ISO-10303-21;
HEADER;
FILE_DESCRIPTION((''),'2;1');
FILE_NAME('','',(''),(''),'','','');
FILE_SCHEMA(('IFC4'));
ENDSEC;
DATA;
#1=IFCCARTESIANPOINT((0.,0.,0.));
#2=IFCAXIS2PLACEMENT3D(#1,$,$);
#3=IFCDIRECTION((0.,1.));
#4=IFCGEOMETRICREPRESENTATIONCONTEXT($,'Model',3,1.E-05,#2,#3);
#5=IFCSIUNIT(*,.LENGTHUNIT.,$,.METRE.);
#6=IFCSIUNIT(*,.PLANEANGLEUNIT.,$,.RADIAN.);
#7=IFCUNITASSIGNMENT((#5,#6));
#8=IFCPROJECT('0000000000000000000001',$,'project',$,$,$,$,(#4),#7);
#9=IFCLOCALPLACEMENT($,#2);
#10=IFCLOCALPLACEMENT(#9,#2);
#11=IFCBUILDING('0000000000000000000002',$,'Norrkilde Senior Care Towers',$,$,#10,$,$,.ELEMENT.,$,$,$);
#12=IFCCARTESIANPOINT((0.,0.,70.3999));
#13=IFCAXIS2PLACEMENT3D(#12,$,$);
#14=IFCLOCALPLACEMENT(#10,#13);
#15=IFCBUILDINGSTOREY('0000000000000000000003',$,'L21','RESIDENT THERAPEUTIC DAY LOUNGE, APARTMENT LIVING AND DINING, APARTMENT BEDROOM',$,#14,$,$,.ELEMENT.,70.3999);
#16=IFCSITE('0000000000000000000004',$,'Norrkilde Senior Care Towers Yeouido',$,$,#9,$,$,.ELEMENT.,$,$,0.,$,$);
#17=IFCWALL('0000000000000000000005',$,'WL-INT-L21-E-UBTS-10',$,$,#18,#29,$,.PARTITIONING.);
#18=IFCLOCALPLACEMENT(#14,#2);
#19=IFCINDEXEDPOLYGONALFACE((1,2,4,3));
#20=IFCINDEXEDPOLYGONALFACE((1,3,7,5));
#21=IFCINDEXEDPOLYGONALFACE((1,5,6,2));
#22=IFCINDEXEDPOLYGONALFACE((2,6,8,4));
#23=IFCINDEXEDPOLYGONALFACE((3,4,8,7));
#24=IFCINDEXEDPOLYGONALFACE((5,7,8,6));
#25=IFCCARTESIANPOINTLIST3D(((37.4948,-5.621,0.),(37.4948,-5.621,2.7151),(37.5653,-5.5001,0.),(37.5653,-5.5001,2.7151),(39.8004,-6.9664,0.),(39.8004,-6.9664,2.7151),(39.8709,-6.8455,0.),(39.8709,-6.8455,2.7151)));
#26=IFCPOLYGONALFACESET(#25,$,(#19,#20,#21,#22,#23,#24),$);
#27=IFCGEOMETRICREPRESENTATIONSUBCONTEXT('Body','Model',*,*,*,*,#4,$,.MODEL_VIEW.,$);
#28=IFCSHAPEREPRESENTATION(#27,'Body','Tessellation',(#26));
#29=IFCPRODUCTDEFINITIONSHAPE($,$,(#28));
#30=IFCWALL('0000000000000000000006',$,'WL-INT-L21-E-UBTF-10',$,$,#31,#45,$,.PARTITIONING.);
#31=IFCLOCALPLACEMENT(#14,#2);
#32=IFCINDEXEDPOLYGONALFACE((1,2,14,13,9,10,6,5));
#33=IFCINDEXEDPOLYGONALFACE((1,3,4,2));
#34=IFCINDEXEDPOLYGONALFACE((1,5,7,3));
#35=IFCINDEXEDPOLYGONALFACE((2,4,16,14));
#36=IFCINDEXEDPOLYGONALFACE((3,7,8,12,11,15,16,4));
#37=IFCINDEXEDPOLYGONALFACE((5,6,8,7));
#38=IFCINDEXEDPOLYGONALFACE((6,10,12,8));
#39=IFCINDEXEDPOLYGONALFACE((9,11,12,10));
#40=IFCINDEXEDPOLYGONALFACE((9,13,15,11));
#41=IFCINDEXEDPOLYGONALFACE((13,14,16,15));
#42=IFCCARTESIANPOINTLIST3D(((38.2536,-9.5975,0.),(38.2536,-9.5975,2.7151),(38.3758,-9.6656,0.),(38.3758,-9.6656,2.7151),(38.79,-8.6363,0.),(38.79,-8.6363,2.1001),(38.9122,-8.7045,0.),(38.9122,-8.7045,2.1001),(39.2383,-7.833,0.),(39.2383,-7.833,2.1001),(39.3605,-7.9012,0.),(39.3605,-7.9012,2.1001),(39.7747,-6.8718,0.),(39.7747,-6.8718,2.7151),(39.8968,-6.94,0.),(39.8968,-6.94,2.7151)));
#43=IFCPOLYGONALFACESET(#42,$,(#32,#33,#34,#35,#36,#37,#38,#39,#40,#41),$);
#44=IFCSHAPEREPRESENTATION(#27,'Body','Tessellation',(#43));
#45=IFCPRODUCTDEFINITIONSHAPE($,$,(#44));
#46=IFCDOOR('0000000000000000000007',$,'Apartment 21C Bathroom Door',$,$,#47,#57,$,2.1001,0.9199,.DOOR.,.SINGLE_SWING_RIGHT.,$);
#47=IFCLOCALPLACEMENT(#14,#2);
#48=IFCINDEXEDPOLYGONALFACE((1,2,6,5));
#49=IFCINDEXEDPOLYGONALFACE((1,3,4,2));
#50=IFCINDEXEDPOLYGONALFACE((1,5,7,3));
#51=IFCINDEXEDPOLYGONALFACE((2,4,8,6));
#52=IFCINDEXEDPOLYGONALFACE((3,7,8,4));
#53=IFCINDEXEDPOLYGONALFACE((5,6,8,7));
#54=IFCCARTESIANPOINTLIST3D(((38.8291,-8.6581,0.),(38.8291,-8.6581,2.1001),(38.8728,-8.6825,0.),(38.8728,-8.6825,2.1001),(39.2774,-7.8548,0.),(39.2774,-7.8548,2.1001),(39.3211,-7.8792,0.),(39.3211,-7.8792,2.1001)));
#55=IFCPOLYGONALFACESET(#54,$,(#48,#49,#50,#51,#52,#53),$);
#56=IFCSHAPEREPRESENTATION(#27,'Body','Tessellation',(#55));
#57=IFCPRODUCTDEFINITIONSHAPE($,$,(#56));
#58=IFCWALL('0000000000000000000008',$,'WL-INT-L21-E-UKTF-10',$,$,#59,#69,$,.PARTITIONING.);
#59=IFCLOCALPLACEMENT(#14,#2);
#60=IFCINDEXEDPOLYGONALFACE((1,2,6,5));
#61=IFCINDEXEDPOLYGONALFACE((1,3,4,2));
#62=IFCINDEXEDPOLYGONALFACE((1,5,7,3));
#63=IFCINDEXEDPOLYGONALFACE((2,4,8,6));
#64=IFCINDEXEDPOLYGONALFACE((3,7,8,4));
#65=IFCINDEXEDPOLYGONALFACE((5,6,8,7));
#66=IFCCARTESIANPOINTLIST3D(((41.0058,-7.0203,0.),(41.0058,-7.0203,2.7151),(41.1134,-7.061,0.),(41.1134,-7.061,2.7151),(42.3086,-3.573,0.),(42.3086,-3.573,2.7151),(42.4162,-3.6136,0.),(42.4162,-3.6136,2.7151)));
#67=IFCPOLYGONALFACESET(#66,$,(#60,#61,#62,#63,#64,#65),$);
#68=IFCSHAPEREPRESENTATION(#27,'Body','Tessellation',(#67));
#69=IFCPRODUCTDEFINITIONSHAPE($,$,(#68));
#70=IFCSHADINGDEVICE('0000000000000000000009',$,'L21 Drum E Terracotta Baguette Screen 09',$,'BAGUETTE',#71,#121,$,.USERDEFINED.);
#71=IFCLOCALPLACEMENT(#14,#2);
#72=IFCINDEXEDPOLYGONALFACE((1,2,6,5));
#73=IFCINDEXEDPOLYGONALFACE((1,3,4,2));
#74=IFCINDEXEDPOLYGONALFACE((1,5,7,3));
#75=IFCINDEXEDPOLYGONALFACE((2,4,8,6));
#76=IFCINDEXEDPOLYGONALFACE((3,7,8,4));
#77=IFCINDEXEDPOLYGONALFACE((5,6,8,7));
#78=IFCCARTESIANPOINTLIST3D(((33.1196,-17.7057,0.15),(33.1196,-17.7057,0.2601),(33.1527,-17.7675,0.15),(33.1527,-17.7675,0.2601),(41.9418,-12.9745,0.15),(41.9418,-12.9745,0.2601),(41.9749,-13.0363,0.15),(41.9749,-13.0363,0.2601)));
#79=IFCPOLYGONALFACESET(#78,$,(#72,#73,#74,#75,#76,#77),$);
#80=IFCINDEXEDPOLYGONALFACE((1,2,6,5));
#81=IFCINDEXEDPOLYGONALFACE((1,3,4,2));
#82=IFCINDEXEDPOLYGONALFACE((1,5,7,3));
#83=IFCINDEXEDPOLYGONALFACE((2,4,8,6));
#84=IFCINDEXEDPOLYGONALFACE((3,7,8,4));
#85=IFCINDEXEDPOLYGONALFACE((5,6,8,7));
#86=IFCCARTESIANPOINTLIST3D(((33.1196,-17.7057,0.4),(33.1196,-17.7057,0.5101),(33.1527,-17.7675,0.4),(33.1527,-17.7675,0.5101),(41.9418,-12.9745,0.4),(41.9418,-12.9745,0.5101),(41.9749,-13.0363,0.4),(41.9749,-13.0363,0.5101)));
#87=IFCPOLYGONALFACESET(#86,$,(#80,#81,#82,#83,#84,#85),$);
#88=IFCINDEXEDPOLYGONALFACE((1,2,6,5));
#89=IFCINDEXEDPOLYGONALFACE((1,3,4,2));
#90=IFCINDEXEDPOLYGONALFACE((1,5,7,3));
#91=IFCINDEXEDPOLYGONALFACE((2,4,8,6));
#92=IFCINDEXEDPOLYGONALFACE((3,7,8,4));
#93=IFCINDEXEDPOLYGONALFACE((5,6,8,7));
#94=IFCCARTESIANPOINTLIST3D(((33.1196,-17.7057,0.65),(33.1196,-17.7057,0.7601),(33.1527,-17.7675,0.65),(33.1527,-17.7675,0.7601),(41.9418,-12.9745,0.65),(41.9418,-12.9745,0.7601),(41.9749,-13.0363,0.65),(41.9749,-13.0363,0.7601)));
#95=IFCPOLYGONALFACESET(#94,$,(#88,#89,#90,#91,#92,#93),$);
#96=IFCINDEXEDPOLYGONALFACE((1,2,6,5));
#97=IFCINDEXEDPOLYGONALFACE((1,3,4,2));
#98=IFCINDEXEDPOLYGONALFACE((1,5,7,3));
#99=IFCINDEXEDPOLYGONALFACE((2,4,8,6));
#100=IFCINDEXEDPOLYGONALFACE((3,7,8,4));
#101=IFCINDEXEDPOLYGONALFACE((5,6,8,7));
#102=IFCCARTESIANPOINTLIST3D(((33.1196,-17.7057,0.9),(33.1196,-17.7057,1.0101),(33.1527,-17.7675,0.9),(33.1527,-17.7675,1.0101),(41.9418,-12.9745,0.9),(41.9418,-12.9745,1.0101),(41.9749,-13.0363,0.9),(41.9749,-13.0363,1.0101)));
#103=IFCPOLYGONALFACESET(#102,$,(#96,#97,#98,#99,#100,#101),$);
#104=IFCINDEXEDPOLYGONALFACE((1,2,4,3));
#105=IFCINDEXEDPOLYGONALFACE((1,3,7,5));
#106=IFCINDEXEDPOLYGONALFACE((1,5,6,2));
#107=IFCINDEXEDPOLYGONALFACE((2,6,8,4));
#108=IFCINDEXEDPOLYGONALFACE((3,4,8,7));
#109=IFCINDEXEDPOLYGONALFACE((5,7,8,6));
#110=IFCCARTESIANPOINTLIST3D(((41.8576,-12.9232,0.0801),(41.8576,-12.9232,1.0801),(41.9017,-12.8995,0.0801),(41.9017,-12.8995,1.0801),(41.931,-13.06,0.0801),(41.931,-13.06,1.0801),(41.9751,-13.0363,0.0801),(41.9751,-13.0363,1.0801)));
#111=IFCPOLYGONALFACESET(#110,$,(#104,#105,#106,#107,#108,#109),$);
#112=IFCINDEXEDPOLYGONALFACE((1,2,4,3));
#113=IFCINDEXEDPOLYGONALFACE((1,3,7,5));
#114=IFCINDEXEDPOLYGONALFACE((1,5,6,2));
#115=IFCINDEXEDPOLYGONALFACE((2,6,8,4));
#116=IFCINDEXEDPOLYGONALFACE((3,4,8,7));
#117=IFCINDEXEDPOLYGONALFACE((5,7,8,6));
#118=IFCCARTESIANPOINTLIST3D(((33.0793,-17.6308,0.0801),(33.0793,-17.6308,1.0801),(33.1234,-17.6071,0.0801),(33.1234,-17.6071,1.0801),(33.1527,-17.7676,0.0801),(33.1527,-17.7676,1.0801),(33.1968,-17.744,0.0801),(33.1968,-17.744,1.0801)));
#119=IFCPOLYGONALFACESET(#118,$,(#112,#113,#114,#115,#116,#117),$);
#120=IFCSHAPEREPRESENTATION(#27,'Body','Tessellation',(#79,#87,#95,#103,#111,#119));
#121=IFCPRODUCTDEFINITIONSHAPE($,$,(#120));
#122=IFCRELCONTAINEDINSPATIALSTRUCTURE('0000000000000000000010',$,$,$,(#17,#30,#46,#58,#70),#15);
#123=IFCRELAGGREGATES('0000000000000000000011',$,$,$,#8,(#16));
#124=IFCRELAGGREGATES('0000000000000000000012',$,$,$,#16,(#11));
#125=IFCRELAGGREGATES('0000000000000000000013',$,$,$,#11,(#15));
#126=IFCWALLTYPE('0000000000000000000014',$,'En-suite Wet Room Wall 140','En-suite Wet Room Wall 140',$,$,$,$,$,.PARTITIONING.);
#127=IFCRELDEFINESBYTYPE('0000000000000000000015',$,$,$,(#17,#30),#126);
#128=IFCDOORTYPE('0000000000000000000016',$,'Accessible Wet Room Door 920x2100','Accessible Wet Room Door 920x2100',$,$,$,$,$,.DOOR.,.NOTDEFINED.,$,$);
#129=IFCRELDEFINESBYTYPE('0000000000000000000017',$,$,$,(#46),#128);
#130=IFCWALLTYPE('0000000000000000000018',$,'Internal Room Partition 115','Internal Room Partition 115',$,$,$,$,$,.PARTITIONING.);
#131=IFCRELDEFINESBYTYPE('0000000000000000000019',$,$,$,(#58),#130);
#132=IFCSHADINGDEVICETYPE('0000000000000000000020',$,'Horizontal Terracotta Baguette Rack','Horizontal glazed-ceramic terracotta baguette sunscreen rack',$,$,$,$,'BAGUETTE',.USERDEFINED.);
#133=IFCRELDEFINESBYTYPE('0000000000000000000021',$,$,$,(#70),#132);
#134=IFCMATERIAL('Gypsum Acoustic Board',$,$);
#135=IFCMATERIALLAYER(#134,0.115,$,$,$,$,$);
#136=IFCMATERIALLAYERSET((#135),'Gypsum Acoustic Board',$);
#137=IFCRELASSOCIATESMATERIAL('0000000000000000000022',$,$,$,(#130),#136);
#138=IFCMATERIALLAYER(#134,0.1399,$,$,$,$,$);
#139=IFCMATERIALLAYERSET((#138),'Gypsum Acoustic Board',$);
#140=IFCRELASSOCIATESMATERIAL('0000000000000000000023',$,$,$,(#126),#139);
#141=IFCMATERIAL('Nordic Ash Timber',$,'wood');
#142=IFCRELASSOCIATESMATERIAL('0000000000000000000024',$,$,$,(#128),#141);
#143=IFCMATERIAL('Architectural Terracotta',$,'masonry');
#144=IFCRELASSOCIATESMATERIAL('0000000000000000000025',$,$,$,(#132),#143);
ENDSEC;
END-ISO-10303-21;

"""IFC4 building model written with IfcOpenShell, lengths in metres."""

from ifc_helpers import new_model, si_unit, direction, frame, frame_2d, origin, origin_2d, place, context, subcontext, project, spatial, rectangle, extrude, source, transform, mapped, material, layer, layer_set, type_object, type_shapes, element, fill, save


model = new_model("IFC4")

# Units and contexts
model_context = context("Model", 3, precision=1e-05, world=origin(), true_north=direction((0.0, 1.0)))
body_context = subcontext(model_context, "Body", "Model", "MODEL_VIEW")
ifc_project = project(units=[si_unit("LENGTHUNIT", "METRE"), si_unit("PLANEANGLEUNIT", "RADIAN")], contexts=[model_context])

# Site, building, storey
site_placement = place(None, origin())
site = spatial("IfcSite", under=ifc_project, at=site_placement, Name="Norrkilde Senior Care Towers Yeouido", CompositionType="ELEMENT", RefElevation=0.0)
building_placement = place(site_placement, origin())
building = spatial("IfcBuilding", under=site, at=building_placement, Name="Norrkilde Senior Care Towers", CompositionType="ELEMENT")
storey_placement = place(building_placement, frame((0.0, 0.0, 70.3999)))
storey = spatial("IfcBuildingStorey", under=building, at=storey_placement, Name="L21", Description="RESIDENT THERAPEUTIC DAY LOUNGE, APARTMENT LIVING AND DINING, APARTMENT BEDROOM", CompositionType="ELEMENT", Elevation=70.3999)

# Shared definitions
ifc_material_1 = material(Name="Gypsum Acoustic Board")
ifc_material_2 = material(Name="Nordic Ash Timber", Category="wood")

# Shared definitions
ifc_layer_1 = layer(ifc_material_1, 0.115)
ifc_layer_set_1 = layer_set([ifc_layer_1], Name="Gypsum Acoustic Board")
wall_type_1 = type_object("IfcWallType", Name="Internal Room Partition 115", Description="Internal Room Partition 115", PredefinedType="PARTITIONING", material=ifc_layer_set_1)

# Wall
ifc_layer_2 = layer(ifc_material_1, 0.1399)
ifc_layer_set_2 = layer_set([ifc_layer_2], Name="Gypsum Acoustic Board")
wall_type_2 = type_object("IfcWallType", Name="En-suite Wet Room Wall 140", Description="En-suite Wet Room Wall 140", PredefinedType="PARTITIONING", material=ifc_layer_set_2)
shared_shape_1 = source(origin(), body_context, "Body", "SweptSolid", [
    extrude(rectangle(XDim=2.6694, YDim=0.1399, at=frame_2d((1.3347, 0.0))), origin(), (0.0, 0.0, 1.0), 2.7151),
])
wall_1_placement = place(storey_placement, frame((37.53, -5.5605, 0.0), z_axis=(0.0, 0.0, 1.0), x_axis=(0.863699, -0.504007, 0.0)))
element("IfcWall", 1, at=wall_1_placement, inside=storey, type_object=wall_type_2, Name="WL-INT-L21-E-UBTS-10", PredefinedType="PARTITIONING", context=body_context, shape_type="MappedRepresentation", body=[
    mapped(shared_shape_1, transform((0.0, 0.0, 0.0), x_axis=(1.0, 0.0, 0.0), y_axis=(0.0, 1.0, 0.0), z_axis=(0.0, 0.0, 1.0), scale=1.0)),
])

# Wall, opening, door
shared_shape_2 = source(origin(), body_context, "Body", "SweptSolid", [
    extrude(rectangle(XDim=3.1213, YDim=0.1399, at=frame_2d((1.5605, 0.0))), origin(), (0.0, 0.0, 1.0), 2.7151),
])
type_shapes(wall_type_2, [shared_shape_1, shared_shape_2])
wall_2_placement = place(storey_placement, frame((39.8357, -6.906, 0.0), z_axis=(0.0, 0.0, 1.0), x_axis=(-0.487302, -0.873233, 0.0)))
wall_2 = element("IfcWall", 2, at=wall_2_placement, inside=storey, type_object=wall_type_2, Name="WL-INT-L21-E-UBTF-10", PredefinedType="PARTITIONING", context=body_context, shape_type="MappedRepresentation", body=[
    mapped(shared_shape_2, transform((0.0, 0.0, 0.0), x_axis=(1.0, 0.0, 0.0), y_axis=(0.0, 1.0, 0.0), z_axis=(0.0, 0.0, 1.0), scale=1.0)),
])
opening_1_placement = place(wall_2_placement, frame((1.1006, 0.0, 0.0)))
opening_1 = element("IfcOpeningElement", 3, at=opening_1_placement, cuts=wall_2, PredefinedType="OPENING", context=body_context, shape_type="SweptSolid", body=[
    extrude(rectangle(XDim=0.9199, YDim=2.1001, at=frame_2d((0.46, 1.05))), frame((0.0, 0.0798, 0.0), z_axis=(0.0, -1.0, 0.0), x_axis=(1.0, 0.0, 0.0)), (0.0, 0.0, 1.0), 0.1599),
])
door_type_1 = type_object("IfcDoorType", Name="Accessible Wet Room Door 920x2100", Description="Accessible Wet Room Door 920x2100", OperationType="NOTDEFINED", PredefinedType="DOOR", material=ifc_material_2)
shared_shape_3 = source(origin(), body_context, "Body", "SweptSolid", [
    extrude(rectangle(XDim=0.9199, YDim=2.1001, at=frame_2d((0.46, 1.05))), frame((0.0, 0.0249, 0.0), z_axis=(0.0, -1.0, 0.0), x_axis=(1.0, 0.0, 0.0)), (0.0, 0.0, 1.0), 0.05),
])
type_shapes(door_type_1, [shared_shape_3])
door_1_placement = place(opening_1_placement, origin())
door_1 = element("IfcDoor", 4, at=door_1_placement, inside=storey, type_object=door_type_1, Name="Apartment 21C Bathroom Door", OperationType="SINGLE_SWING_RIGHT", OverallHeight=2.1001, OverallWidth=0.9199, PredefinedType="DOOR", context=body_context, shape_type="MappedRepresentation", body=[
    mapped(shared_shape_3, transform((0.0, 0.0, 0.0), x_axis=(1.0, 0.0, 0.0), y_axis=(0.0, 1.0, 0.0), z_axis=(0.0, 0.0, 1.0), scale=1.0)),
])
fill(opening_1, door_1)

# Wall
shared_shape_4 = source(origin(), body_context, "Body", "SweptSolid", [
    extrude(rectangle(XDim=3.6853, YDim=0.115, at=frame_2d((1.8428, 0.0))), origin(), (0.0, 0.0, 1.0), 2.7151),
])
wall_3_placement = place(storey_placement, frame((41.0596, -7.0408, 0.0), z_axis=(0.0, 0.0, 1.0), x_axis=(0.353504, 0.935433, 0.0)))
element("IfcWall", 5, at=wall_3_placement, inside=storey, type_object=wall_type_1, Name="WL-INT-L21-E-UKTF-10", PredefinedType="PARTITIONING", context=body_context, shape_type="MappedRepresentation", body=[
    mapped(shared_shape_4, transform((0.0, 0.0, 0.0), x_axis=(1.0, 0.0, 0.0), y_axis=(0.0, 1.0, 0.0), z_axis=(0.0, 0.0, 1.0), scale=1.0)),
])

# Shading device
ifc_material_3 = material(Name="Architectural Terracotta", Category="masonry")
shading_device_type = type_object("IfcShadingDeviceType", Name="Horizontal Terracotta Baguette Rack", Description="Horizontal glazed-ceramic terracotta baguette sunscreen rack", ElementType="BAGUETTE", PredefinedType="USERDEFINED", material=ifc_material_3)
shared_shape_5 = source(origin(), body_context, "Body", "SweptSolid", [
    extrude(rectangle(XDim=0.0701, YDim=0.1101, at=origin_2d()), frame((0.0, 0.0901, 0.125), z_axis=(1.0, 0.0, 0.0), x_axis=(0.0, 1.0, 0.0)), (0.0, 0.0, 1.0), 10.0107),
    extrude(rectangle(XDim=0.0701, YDim=0.1101, at=origin_2d()), frame((0.0, 0.0901, 0.375), z_axis=(1.0, 0.0, 0.0), x_axis=(0.0, 1.0, 0.0)), (0.0, 0.0, 1.0), 10.0107),
    extrude(rectangle(XDim=0.0701, YDim=0.1101, at=origin_2d()), frame((0.0, 0.0901, 0.625), z_axis=(1.0, 0.0, 0.0), x_axis=(0.0, 1.0, 0.0)), (0.0, 0.0, 1.0), 10.0107),
    extrude(rectangle(XDim=0.0701, YDim=0.1101, at=origin_2d()), frame((0.0, 0.0901, 0.875), z_axis=(1.0, 0.0, 0.0), x_axis=(0.0, 1.0, 0.0)), (0.0, 0.0, 1.0), 10.0107),
    extrude(rectangle(XDim=0.05, YDim=0.1553, at=origin_2d()), frame((0.0249, 0.0476, 0.0)), (0.0, 0.0, 1.0), 1.0),
    extrude(rectangle(XDim=0.05, YDim=0.1553, at=origin_2d()), frame((9.9858, 0.0476, 0.0)), (0.0, 0.0, 1.0), 1.0),
])
type_shapes(shading_device_type, [shared_shape_5])
shading_device_placement = place(storey_placement, frame((41.9158, -12.926, 0.0801), z_axis=(0.0, 0.0, 1.0), x_axis=(-0.88128, -0.472612, 0.0)))
element("IfcShadingDevice", 6, at=shading_device_placement, inside=storey, type_object=shading_device_type, Name="L21 Drum E Terracotta Baguette Screen 09", ObjectType="BAGUETTE", PredefinedType="USERDEFINED", context=body_context, shape_type="MappedRepresentation", body=[
    mapped(shared_shape_5, transform((0.0, 0.0, 0.0), x_axis=(1.0, 0.0, 0.0), y_axis=(0.0, 1.0, 0.0), z_axis=(0.0, 0.0, 1.0), scale=1.0)),
])

save(model, "model.ifc")
